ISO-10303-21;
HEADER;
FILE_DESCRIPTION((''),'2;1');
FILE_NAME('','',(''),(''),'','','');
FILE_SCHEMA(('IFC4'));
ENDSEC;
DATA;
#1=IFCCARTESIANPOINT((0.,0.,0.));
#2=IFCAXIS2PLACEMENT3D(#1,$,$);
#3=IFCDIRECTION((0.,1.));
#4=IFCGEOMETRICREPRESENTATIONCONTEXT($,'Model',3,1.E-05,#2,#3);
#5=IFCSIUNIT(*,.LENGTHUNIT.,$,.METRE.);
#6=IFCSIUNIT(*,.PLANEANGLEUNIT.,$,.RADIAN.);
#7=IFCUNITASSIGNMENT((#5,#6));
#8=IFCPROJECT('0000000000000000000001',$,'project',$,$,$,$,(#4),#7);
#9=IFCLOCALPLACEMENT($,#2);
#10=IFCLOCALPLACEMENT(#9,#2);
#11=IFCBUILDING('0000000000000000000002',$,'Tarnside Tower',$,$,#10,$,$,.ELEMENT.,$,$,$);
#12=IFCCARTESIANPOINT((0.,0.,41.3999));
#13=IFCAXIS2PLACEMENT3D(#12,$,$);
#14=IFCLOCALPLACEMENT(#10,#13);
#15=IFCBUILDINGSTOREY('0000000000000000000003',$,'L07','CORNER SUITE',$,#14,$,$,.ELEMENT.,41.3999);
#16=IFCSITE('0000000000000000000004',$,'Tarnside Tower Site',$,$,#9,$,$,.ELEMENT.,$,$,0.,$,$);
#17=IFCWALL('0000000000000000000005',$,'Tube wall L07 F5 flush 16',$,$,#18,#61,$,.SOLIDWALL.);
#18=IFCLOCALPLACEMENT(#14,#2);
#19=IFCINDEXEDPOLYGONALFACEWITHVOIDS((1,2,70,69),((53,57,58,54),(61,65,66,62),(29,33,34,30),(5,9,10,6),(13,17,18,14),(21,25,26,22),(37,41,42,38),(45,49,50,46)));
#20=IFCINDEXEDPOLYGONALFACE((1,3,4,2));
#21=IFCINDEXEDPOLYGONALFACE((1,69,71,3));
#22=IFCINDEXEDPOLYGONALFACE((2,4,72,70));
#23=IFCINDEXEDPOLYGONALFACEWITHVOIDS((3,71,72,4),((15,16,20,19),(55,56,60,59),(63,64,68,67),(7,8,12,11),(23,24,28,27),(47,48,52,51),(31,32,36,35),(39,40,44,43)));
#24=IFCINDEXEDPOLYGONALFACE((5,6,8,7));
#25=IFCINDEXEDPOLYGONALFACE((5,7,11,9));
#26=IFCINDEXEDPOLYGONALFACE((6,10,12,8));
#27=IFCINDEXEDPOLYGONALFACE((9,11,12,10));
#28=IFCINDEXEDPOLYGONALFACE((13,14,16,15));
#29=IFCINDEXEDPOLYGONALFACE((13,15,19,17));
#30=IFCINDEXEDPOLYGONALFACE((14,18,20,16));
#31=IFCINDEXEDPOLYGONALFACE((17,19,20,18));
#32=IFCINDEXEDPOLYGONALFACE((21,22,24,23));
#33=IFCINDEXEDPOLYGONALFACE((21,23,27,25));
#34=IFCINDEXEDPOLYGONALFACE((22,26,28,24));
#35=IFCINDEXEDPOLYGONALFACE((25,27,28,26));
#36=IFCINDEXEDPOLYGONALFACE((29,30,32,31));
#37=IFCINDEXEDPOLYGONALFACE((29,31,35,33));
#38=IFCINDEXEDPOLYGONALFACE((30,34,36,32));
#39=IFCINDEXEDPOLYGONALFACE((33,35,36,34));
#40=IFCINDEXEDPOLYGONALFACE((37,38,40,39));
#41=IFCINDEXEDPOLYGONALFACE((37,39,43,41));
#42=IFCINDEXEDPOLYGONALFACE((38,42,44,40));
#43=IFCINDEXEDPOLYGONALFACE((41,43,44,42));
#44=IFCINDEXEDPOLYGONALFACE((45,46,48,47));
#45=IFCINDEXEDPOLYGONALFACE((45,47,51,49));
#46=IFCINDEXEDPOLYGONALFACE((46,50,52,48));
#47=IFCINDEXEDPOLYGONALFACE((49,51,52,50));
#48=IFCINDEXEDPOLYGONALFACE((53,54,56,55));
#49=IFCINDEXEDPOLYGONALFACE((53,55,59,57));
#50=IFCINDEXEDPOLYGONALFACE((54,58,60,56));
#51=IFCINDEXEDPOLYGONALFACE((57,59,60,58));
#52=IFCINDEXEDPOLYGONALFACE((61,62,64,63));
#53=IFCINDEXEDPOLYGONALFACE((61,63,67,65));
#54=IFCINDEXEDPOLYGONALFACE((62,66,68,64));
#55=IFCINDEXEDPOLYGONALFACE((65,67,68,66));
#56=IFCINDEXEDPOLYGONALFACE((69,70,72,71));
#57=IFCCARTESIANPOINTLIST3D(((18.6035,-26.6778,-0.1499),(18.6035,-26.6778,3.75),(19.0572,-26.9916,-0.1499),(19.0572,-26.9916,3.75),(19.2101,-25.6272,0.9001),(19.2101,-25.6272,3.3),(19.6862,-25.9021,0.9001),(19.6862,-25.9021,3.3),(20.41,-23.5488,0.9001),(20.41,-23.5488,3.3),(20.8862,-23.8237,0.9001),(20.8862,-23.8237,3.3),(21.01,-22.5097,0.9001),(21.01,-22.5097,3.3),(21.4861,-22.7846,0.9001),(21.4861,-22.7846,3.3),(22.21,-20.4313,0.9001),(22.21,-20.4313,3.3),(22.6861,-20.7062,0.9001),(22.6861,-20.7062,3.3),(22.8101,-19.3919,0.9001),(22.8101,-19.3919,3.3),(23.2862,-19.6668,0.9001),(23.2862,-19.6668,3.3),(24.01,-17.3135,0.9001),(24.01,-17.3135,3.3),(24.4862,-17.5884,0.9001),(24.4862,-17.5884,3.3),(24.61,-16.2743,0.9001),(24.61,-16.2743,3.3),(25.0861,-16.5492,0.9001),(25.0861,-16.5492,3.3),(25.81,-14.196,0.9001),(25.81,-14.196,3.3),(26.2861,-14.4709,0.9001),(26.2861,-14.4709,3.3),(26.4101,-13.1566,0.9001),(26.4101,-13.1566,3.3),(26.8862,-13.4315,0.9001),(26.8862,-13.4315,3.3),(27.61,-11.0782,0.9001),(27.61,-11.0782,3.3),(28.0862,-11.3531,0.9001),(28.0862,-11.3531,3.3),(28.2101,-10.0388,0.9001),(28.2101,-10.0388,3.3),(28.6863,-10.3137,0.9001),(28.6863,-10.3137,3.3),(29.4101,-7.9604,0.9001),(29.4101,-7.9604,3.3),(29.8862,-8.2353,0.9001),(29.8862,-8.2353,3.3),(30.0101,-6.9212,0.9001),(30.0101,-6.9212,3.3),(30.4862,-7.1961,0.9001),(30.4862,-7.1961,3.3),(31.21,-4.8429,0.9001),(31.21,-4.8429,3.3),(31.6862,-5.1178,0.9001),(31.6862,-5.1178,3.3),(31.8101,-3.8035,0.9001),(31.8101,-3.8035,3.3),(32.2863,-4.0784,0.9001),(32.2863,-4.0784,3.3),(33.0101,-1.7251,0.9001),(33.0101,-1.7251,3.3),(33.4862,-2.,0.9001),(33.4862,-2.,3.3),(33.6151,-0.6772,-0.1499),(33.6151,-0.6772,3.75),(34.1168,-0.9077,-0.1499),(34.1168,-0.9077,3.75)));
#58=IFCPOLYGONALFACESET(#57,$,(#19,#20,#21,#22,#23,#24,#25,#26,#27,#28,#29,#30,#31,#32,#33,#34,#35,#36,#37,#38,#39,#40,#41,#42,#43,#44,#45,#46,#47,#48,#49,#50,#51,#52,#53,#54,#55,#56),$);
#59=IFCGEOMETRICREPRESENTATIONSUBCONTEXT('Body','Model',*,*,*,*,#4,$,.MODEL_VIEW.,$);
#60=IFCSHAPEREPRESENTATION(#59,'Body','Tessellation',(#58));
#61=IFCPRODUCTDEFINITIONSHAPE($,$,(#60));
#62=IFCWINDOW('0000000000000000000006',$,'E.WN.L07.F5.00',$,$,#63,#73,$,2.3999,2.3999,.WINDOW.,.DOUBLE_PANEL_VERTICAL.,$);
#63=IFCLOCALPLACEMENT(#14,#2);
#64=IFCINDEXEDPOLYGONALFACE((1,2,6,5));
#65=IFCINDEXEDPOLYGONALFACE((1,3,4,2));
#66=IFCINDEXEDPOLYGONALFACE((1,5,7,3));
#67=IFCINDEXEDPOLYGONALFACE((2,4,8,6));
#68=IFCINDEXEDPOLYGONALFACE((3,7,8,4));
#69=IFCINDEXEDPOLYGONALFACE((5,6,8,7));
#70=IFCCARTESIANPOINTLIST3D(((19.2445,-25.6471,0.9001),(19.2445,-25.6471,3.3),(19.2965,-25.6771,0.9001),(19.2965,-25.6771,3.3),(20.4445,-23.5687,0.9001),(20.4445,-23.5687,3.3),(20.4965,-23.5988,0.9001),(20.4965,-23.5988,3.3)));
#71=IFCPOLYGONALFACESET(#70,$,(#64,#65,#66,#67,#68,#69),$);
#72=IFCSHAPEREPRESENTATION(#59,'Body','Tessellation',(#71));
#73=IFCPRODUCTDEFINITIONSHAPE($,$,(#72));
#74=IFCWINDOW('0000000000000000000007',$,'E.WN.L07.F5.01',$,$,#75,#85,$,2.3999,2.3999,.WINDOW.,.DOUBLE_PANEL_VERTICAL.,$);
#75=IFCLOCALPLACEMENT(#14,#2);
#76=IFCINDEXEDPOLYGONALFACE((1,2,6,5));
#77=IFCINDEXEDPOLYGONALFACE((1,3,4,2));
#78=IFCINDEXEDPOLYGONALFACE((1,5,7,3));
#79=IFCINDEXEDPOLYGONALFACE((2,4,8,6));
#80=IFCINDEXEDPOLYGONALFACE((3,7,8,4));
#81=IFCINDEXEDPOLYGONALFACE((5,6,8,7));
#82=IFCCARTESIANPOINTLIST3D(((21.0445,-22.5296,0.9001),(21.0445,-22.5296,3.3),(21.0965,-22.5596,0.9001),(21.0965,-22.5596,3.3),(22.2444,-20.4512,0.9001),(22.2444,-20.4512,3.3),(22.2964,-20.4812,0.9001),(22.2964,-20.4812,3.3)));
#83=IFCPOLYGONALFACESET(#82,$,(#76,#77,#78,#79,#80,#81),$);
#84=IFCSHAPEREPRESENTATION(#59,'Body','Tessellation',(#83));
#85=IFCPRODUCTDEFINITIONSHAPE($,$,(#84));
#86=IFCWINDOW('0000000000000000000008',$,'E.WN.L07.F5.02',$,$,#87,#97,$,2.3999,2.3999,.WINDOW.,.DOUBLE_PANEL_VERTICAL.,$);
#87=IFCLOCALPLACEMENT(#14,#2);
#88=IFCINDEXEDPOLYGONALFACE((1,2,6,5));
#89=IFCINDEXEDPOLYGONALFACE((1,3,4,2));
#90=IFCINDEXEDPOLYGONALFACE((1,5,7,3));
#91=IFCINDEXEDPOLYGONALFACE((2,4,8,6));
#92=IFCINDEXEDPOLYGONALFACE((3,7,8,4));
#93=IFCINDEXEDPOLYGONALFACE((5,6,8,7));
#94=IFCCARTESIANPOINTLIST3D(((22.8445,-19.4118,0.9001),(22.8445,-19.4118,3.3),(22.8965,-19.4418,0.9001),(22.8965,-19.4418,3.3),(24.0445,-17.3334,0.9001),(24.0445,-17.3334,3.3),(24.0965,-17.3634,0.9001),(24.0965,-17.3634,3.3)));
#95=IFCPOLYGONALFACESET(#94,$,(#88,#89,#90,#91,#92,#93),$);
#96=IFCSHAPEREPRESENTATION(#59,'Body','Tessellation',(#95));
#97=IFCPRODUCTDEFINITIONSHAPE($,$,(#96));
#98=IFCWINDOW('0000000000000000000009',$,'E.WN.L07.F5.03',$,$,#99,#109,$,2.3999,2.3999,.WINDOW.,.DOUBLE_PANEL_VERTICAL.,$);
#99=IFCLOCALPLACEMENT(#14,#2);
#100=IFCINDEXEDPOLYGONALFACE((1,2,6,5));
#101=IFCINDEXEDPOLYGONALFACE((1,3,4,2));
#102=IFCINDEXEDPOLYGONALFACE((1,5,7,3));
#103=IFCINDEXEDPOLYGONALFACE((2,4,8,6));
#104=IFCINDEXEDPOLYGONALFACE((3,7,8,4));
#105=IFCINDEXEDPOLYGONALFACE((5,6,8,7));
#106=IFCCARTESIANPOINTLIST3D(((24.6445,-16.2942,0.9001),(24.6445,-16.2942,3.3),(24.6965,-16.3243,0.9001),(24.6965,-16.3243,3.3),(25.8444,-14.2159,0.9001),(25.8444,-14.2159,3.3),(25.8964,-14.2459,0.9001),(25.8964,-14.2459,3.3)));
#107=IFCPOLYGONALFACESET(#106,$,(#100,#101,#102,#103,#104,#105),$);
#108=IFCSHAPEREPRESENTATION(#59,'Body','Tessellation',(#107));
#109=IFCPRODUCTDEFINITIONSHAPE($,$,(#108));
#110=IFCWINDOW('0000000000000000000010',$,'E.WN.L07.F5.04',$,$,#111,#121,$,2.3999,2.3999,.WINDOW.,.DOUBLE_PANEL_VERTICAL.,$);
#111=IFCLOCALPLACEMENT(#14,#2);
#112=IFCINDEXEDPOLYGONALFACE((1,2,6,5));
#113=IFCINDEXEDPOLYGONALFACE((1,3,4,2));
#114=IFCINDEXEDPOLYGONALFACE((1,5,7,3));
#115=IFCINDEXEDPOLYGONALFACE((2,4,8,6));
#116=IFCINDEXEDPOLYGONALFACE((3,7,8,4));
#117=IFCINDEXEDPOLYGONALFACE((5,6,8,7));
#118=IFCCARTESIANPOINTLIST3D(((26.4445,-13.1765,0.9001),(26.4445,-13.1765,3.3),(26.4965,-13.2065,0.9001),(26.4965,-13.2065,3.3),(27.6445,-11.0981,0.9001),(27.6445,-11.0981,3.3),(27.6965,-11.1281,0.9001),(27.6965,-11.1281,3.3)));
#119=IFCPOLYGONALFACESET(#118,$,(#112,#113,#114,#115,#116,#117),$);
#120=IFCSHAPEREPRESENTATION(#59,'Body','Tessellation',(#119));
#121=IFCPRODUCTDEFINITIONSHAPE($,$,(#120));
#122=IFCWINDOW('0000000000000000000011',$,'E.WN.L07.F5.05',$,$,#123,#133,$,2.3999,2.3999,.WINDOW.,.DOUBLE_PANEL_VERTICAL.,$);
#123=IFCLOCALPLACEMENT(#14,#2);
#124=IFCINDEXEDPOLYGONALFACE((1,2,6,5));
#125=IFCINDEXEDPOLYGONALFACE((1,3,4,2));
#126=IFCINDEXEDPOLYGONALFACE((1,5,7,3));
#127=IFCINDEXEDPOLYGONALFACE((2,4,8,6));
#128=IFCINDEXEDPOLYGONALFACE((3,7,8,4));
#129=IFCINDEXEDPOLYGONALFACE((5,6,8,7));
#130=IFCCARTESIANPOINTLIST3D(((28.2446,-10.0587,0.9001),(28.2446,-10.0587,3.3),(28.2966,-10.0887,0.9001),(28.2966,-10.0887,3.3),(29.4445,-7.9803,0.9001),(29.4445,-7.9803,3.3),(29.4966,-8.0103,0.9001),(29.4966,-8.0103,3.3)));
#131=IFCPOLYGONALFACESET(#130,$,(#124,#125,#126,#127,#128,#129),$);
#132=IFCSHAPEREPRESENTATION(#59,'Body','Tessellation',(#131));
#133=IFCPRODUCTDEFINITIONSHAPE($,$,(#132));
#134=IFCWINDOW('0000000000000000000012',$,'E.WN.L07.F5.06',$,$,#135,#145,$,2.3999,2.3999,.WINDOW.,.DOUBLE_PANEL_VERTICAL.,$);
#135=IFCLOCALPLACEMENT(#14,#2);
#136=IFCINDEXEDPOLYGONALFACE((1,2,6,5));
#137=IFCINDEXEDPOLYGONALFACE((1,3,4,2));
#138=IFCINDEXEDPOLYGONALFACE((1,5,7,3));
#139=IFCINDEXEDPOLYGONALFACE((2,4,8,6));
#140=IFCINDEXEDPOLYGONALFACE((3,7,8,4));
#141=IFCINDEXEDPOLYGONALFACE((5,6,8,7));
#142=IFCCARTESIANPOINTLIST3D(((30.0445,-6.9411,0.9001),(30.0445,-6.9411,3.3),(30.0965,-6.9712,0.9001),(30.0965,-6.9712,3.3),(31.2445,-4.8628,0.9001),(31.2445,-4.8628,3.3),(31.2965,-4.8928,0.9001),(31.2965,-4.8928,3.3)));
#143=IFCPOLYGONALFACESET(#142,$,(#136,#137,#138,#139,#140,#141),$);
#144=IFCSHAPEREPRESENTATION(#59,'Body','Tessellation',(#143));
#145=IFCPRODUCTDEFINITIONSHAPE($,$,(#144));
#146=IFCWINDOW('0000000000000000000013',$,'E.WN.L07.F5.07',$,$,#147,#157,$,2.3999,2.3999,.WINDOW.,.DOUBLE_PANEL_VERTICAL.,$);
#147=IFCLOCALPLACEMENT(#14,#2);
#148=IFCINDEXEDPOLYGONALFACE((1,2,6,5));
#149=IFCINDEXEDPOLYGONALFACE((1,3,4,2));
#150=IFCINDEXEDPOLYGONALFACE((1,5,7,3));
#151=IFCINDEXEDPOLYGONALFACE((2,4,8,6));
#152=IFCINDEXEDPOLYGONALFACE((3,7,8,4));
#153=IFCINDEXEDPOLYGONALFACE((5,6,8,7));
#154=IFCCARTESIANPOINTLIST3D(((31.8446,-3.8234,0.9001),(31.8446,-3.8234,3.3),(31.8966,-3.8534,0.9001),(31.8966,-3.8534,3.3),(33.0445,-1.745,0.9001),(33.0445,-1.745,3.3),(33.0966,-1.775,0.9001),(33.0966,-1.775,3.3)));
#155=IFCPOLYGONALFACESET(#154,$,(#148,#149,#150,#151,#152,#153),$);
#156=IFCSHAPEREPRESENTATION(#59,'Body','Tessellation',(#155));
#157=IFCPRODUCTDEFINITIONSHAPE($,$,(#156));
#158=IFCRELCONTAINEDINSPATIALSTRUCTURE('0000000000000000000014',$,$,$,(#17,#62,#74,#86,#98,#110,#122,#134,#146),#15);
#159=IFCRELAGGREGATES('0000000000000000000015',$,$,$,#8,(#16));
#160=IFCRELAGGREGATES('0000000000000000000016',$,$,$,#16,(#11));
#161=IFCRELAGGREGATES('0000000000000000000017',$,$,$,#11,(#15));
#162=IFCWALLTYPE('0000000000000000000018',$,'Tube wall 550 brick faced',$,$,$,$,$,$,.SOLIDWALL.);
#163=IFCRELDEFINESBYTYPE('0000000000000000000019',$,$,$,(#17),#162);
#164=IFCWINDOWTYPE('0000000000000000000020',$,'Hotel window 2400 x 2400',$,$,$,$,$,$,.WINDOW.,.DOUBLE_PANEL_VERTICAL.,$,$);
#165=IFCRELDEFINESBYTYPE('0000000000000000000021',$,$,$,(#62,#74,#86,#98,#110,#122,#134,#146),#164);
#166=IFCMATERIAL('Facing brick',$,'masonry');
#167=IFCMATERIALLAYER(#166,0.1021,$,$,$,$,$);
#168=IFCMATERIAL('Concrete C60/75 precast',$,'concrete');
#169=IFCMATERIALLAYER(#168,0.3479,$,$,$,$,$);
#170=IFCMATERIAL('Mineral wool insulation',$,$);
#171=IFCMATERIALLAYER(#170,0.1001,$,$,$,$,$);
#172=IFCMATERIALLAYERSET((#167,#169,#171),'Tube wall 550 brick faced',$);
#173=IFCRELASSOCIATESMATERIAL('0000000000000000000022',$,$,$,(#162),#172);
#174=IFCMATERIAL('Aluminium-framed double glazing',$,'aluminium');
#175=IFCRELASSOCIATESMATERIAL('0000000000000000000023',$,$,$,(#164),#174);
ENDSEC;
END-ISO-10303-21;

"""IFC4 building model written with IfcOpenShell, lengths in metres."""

from ifc_helpers import new_model, si_unit, direction, frame, frame_2d, origin, place, context, subcontext, project, spatial, polyline, rectangle, outline, extrude, material, layer, layer_set, type_object, element, fill, save


model = new_model("IFC4")

# Units and contexts
model_context = context("Model", 3, precision=1e-05, world=origin(), true_north=direction((0.0, 1.0)))
body_context = subcontext(model_context, "Body", "Model", "MODEL_VIEW")
ifc_project = project(units=[si_unit("LENGTHUNIT", "METRE"), si_unit("PLANEANGLEUNIT", "RADIAN")], contexts=[model_context])

# Site, building, storey
site_placement = place(None, origin())
site = spatial("IfcSite", under=ifc_project, at=site_placement, Name="Tarnside Tower Site", CompositionType="ELEMENT", RefElevation=0.0)
building_placement = place(site_placement, origin())
building = spatial("IfcBuilding", under=site, at=building_placement, Name="Tarnside Tower", CompositionType="ELEMENT")
storey_placement = place(building_placement, frame((0.0, 0.0, 41.3999)))
storey = spatial("IfcBuildingStorey", under=building, at=storey_placement, Name="L07", Description="CORNER SUITE", CompositionType="ELEMENT", Elevation=41.3999)

# Shared definitions
ifc_material_1 = material(Name="Facing brick", Category="masonry")
ifc_layer_1 = layer(ifc_material_1, 0.1021)
ifc_material_2 = material(Name="Concrete C60/75 precast", Category="concrete")
ifc_layer_2 = layer(ifc_material_2, 0.3479)
ifc_material_3 = material(Name="Mineral wool insulation")
ifc_layer_3 = layer(ifc_material_3, 0.1001)
ifc_layer_set_1 = layer_set([ifc_layer_1, ifc_layer_2, ifc_layer_3], Name="Tube wall 550 brick faced")
wall_type_1 = type_object("IfcWallType", Name="Tube wall 550 brick faced", PredefinedType="SOLIDWALL", material=ifc_layer_set_1)

# Wall, openings, windows
wall_1_placement = place(storey_placement, frame((18.8303, -26.8347, -0.1499), z_axis=(0.0, 0.0, 1.0), x_axis=(0.500004, 0.866023, 0.0)))
wall_1 = element("IfcWall", 1, at=wall_1_placement, inside=storey, type_object=wall_type_1, Name="Tube wall L07 F5 flush 16", PredefinedType="SOLIDWALL", context=body_context, shape_type="SweptSolid", body=[
    extrude(outline(polyline([(-0.0225, -0.2749), (30.0967, -0.2749), (30.0454, 0.2749), (0.0225, 0.2749), (-0.0225, -0.2749)])), origin(), (0.0, 0.0, 1.0), 3.8999),
])
opening_1_placement = place(wall_1_placement, frame((1.2356, 0.0, 1.05)))
opening_1 = element("IfcOpeningElement", 2, at=opening_1_placement, cuts=wall_1, PredefinedType="OPENING", context=body_context, shape_type="SweptSolid", body=[
    extrude(rectangle(XDim=2.3999, YDim=2.3999, at=frame_2d((1.2, 1.2))), frame((0.0, 0.2852, 0.0), z_axis=(0.0, -1.0, 0.0), x_axis=(1.0, 0.0, 0.0)), (0.0, 0.0, 1.0), 0.5701),
])
opening_2_placement = place(wall_1_placement, frame((4.8354, 0.0, 1.05)))
opening_2 = element("IfcOpeningElement", 3, at=opening_2_placement, cuts=wall_1, PredefinedType="OPENING", context=body_context, shape_type="SweptSolid", body=[
    extrude(rectangle(XDim=2.3999, YDim=2.3999, at=frame_2d((1.2, 1.2))), frame((0.0, 0.2852, 0.0), z_axis=(0.0, -1.0, 0.0), x_axis=(1.0, 0.0, 0.0)), (0.0, 0.0, 1.0), 0.5701),
])
opening_3_placement = place(wall_1_placement, frame((8.4355, 0.0, 1.05)))
opening_3 = element("IfcOpeningElement", 4, at=opening_3_placement, cuts=wall_1, PredefinedType="OPENING", context=body_context, shape_type="SweptSolid", body=[
    extrude(rectangle(XDim=2.3999, YDim=2.3999, at=frame_2d((1.2, 1.2))), frame((0.0, 0.2852, 0.0), z_axis=(0.0, -1.0, 0.0), x_axis=(1.0, 0.0, 0.0)), (0.0, 0.0, 1.0), 0.5701),
])
opening_4_placement = place(wall_1_placement, frame((12.0354, 0.0, 1.05)))
opening_4 = element("IfcOpeningElement", 5, at=opening_4_placement, cuts=wall_1, PredefinedType="OPENING", context=body_context, shape_type="SweptSolid", body=[
    extrude(rectangle(XDim=2.3999, YDim=2.3999, at=frame_2d((1.2, 1.2))), frame((0.0, 0.2852, 0.0), z_axis=(0.0, -1.0, 0.0), x_axis=(1.0, 0.0, 0.0)), (0.0, 0.0, 1.0), 0.5701),
])
opening_5_placement = place(wall_1_placement, frame((15.6355, 0.0, 1.05)))
opening_5 = element("IfcOpeningElement", 6, at=opening_5_placement, cuts=wall_1, PredefinedType="OPENING", context=body_context, shape_type="SweptSolid", body=[
    extrude(rectangle(XDim=2.3999, YDim=2.3999, at=frame_2d((1.2, 1.2))), frame((0.0, 0.2852, 0.0), z_axis=(0.0, -1.0, 0.0), x_axis=(1.0, 0.0, 0.0)), (0.0, 0.0, 1.0), 0.5701),
])
opening_6_placement = place(wall_1_placement, frame((19.2356, 0.0, 1.05)))
opening_6 = element("IfcOpeningElement", 7, at=opening_6_placement, cuts=wall_1, PredefinedType="OPENING", context=body_context, shape_type="SweptSolid", body=[
    extrude(rectangle(XDim=2.3999, YDim=2.3999, at=frame_2d((1.2, 1.2))), frame((0.0, 0.2852, 0.0), z_axis=(0.0, -1.0, 0.0), x_axis=(1.0, 0.0, 0.0)), (0.0, 0.0, 1.0), 0.5701),
])
opening_7_placement = place(wall_1_placement, frame((22.8354, 0.0, 1.05)))
opening_7 = element("IfcOpeningElement", 8, at=opening_7_placement, cuts=wall_1, PredefinedType="OPENING", context=body_context, shape_type="SweptSolid", body=[
    extrude(rectangle(XDim=2.3999, YDim=2.3999, at=frame_2d((1.2, 1.2))), frame((0.0, 0.2852, 0.0), z_axis=(0.0, -1.0, 0.0), x_axis=(1.0, 0.0, 0.0)), (0.0, 0.0, 1.0), 0.5701),
])
opening_8_placement = place(wall_1_placement, frame((26.4355, 0.0, 1.05)))
opening_8 = element("IfcOpeningElement", 9, at=opening_8_placement, cuts=wall_1, PredefinedType="OPENING", context=body_context, shape_type="SweptSolid", body=[
    extrude(rectangle(XDim=2.3999, YDim=2.3999, at=frame_2d((1.2, 1.2))), frame((0.0, 0.2852, 0.0), z_axis=(0.0, -1.0, 0.0), x_axis=(1.0, 0.0, 0.0)), (0.0, 0.0, 1.0), 0.5701),
])
ifc_material_4 = material(Name="Aluminium-framed double glazing", Category="aluminium")
window_type = type_object("IfcWindowType", Name="Hotel window 2400 x 2400", PartitioningType="DOUBLE_PANEL_VERTICAL", PredefinedType="WINDOW", material=ifc_material_4)
window_1_placement = place(opening_1_placement, frame((0.0, 0.2051, 0.0)))
window_1 = element("IfcWindow", 10, at=window_1_placement, inside=storey, type_object=window_type, Name="E.WN.L07.F5.00", OverallHeight=2.3999, OverallWidth=2.3999, PartitioningType="DOUBLE_PANEL_VERTICAL", PredefinedType="WINDOW", context=body_context, shape_type="SweptSolid", body=[
    extrude(rectangle(XDim=2.3999, YDim=2.3999, at=frame_2d((1.2, 1.2))), frame((0.0, 0.03, 0.0), z_axis=(0.0, -1.0, 0.0), x_axis=(1.0, 0.0, 0.0)), (0.0, 0.0, 1.0), 0.0601),
])
fill(opening_1, window_1)
window_2_placement = place(opening_2_placement, frame((0.0, 0.2051, 0.0)))
window_2 = element("IfcWindow", 11, at=window_2_placement, inside=storey, type_object=window_type, Name="E.WN.L07.F5.01", OverallHeight=2.3999, OverallWidth=2.3999, PartitioningType="DOUBLE_PANEL_VERTICAL", PredefinedType="WINDOW", context=body_context, shape_type="SweptSolid", body=[
    extrude(rectangle(XDim=2.3999, YDim=2.3999, at=frame_2d((1.2, 1.2))), frame((0.0, 0.03, 0.0), z_axis=(0.0, -1.0, 0.0), x_axis=(1.0, 0.0, 0.0)), (0.0, 0.0, 1.0), 0.0601),
])
fill(opening_2, window_2)
window_3_placement = place(opening_3_placement, frame((0.0, 0.2051, 0.0)))
window_3 = element("IfcWindow", 12, at=window_3_placement, inside=storey, type_object=window_type, Name="E.WN.L07.F5.02", OverallHeight=2.3999, OverallWidth=2.3999, PartitioningType="DOUBLE_PANEL_VERTICAL", PredefinedType="WINDOW", context=body_context, shape_type="SweptSolid", body=[
    extrude(rectangle(XDim=2.3999, YDim=2.3999, at=frame_2d((1.2, 1.2))), frame((0.0, 0.03, 0.0), z_axis=(0.0, -1.0, 0.0), x_axis=(1.0, 0.0, 0.0)), (0.0, 0.0, 1.0), 0.0601),
])
fill(opening_3, window_3)
window_4_placement = place(opening_4_placement, frame((0.0, 0.2051, 0.0)))
window_4 = element("IfcWindow", 13, at=window_4_placement, inside=storey, type_object=window_type, Name="E.WN.L07.F5.03", OverallHeight=2.3999, OverallWidth=2.3999, PartitioningType="DOUBLE_PANEL_VERTICAL", PredefinedType="WINDOW", context=body_context, shape_type="SweptSolid", body=[
    extrude(rectangle(XDim=2.3999, YDim=2.3999, at=frame_2d((1.2, 1.2))), frame((0.0, 0.03, 0.0), z_axis=(0.0, -1.0, 0.0), x_axis=(1.0, 0.0, 0.0)), (0.0, 0.0, 1.0), 0.0601),
])
fill(opening_4, window_4)
window_5_placement = place(opening_5_placement, frame((0.0, 0.2051, 0.0)))
window_5 = element("IfcWindow", 14, at=window_5_placement, inside=storey, type_object=window_type, Name="E.WN.L07.F5.04", OverallHeight=2.3999, OverallWidth=2.3999, PartitioningType="DOUBLE_PANEL_VERTICAL", PredefinedType="WINDOW", context=body_context, shape_type="SweptSolid", body=[
    extrude(rectangle(XDim=2.3999, YDim=2.3999, at=frame_2d((1.2, 1.2))), frame((0.0, 0.03, 0.0), z_axis=(0.0, -1.0, 0.0), x_axis=(1.0, 0.0, 0.0)), (0.0, 0.0, 1.0), 0.0601),
])
fill(opening_5, window_5)
window_6_placement = place(opening_6_placement, frame((0.0, 0.2051, 0.0)))
window_6 = element("IfcWindow", 15, at=window_6_placement, inside=storey, type_object=window_type, Name="E.WN.L07.F5.05", OverallHeight=2.3999, OverallWidth=2.3999, PartitioningType="DOUBLE_PANEL_VERTICAL", PredefinedType="WINDOW", context=body_context, shape_type="SweptSolid", body=[
    extrude(rectangle(XDim=2.3999, YDim=2.3999, at=frame_2d((1.2, 1.2))), frame((0.0, 0.03, 0.0), z_axis=(0.0, -1.0, 0.0), x_axis=(1.0, 0.0, 0.0)), (0.0, 0.0, 1.0), 0.0601),
])
fill(opening_6, window_6)
window_7_placement = place(opening_7_placement, frame((0.0, 0.2051, 0.0)))
window_7 = element("IfcWindow", 16, at=window_7_placement, inside=storey, type_object=window_type, Name="E.WN.L07.F5.06", OverallHeight=2.3999, OverallWidth=2.3999, PartitioningType="DOUBLE_PANEL_VERTICAL", PredefinedType="WINDOW", context=body_context, shape_type="SweptSolid", body=[
    extrude(rectangle(XDim=2.3999, YDim=2.3999, at=frame_2d((1.2, 1.2))), frame((0.0, 0.03, 0.0), z_axis=(0.0, -1.0, 0.0), x_axis=(1.0, 0.0, 0.0)), (0.0, 0.0, 1.0), 0.0601),
])
fill(opening_7, window_7)
window_8_placement = place(opening_8_placement, frame((0.0, 0.2051, 0.0)))
window_8 = element("IfcWindow", 17, at=window_8_placement, inside=storey, type_object=window_type, Name="E.WN.L07.F5.07", OverallHeight=2.3999, OverallWidth=2.3999, PartitioningType="DOUBLE_PANEL_VERTICAL", PredefinedType="WINDOW", context=body_context, shape_type="SweptSolid", body=[
    extrude(rectangle(XDim=2.3999, YDim=2.3999, at=frame_2d((1.2, 1.2))), frame((0.0, 0.03, 0.0), z_axis=(0.0, -1.0, 0.0), x_axis=(1.0, 0.0, 0.0)), (0.0, 0.0, 1.0), 0.0601),
])
fill(opening_8, window_8)

save(model, "model.ifc")
